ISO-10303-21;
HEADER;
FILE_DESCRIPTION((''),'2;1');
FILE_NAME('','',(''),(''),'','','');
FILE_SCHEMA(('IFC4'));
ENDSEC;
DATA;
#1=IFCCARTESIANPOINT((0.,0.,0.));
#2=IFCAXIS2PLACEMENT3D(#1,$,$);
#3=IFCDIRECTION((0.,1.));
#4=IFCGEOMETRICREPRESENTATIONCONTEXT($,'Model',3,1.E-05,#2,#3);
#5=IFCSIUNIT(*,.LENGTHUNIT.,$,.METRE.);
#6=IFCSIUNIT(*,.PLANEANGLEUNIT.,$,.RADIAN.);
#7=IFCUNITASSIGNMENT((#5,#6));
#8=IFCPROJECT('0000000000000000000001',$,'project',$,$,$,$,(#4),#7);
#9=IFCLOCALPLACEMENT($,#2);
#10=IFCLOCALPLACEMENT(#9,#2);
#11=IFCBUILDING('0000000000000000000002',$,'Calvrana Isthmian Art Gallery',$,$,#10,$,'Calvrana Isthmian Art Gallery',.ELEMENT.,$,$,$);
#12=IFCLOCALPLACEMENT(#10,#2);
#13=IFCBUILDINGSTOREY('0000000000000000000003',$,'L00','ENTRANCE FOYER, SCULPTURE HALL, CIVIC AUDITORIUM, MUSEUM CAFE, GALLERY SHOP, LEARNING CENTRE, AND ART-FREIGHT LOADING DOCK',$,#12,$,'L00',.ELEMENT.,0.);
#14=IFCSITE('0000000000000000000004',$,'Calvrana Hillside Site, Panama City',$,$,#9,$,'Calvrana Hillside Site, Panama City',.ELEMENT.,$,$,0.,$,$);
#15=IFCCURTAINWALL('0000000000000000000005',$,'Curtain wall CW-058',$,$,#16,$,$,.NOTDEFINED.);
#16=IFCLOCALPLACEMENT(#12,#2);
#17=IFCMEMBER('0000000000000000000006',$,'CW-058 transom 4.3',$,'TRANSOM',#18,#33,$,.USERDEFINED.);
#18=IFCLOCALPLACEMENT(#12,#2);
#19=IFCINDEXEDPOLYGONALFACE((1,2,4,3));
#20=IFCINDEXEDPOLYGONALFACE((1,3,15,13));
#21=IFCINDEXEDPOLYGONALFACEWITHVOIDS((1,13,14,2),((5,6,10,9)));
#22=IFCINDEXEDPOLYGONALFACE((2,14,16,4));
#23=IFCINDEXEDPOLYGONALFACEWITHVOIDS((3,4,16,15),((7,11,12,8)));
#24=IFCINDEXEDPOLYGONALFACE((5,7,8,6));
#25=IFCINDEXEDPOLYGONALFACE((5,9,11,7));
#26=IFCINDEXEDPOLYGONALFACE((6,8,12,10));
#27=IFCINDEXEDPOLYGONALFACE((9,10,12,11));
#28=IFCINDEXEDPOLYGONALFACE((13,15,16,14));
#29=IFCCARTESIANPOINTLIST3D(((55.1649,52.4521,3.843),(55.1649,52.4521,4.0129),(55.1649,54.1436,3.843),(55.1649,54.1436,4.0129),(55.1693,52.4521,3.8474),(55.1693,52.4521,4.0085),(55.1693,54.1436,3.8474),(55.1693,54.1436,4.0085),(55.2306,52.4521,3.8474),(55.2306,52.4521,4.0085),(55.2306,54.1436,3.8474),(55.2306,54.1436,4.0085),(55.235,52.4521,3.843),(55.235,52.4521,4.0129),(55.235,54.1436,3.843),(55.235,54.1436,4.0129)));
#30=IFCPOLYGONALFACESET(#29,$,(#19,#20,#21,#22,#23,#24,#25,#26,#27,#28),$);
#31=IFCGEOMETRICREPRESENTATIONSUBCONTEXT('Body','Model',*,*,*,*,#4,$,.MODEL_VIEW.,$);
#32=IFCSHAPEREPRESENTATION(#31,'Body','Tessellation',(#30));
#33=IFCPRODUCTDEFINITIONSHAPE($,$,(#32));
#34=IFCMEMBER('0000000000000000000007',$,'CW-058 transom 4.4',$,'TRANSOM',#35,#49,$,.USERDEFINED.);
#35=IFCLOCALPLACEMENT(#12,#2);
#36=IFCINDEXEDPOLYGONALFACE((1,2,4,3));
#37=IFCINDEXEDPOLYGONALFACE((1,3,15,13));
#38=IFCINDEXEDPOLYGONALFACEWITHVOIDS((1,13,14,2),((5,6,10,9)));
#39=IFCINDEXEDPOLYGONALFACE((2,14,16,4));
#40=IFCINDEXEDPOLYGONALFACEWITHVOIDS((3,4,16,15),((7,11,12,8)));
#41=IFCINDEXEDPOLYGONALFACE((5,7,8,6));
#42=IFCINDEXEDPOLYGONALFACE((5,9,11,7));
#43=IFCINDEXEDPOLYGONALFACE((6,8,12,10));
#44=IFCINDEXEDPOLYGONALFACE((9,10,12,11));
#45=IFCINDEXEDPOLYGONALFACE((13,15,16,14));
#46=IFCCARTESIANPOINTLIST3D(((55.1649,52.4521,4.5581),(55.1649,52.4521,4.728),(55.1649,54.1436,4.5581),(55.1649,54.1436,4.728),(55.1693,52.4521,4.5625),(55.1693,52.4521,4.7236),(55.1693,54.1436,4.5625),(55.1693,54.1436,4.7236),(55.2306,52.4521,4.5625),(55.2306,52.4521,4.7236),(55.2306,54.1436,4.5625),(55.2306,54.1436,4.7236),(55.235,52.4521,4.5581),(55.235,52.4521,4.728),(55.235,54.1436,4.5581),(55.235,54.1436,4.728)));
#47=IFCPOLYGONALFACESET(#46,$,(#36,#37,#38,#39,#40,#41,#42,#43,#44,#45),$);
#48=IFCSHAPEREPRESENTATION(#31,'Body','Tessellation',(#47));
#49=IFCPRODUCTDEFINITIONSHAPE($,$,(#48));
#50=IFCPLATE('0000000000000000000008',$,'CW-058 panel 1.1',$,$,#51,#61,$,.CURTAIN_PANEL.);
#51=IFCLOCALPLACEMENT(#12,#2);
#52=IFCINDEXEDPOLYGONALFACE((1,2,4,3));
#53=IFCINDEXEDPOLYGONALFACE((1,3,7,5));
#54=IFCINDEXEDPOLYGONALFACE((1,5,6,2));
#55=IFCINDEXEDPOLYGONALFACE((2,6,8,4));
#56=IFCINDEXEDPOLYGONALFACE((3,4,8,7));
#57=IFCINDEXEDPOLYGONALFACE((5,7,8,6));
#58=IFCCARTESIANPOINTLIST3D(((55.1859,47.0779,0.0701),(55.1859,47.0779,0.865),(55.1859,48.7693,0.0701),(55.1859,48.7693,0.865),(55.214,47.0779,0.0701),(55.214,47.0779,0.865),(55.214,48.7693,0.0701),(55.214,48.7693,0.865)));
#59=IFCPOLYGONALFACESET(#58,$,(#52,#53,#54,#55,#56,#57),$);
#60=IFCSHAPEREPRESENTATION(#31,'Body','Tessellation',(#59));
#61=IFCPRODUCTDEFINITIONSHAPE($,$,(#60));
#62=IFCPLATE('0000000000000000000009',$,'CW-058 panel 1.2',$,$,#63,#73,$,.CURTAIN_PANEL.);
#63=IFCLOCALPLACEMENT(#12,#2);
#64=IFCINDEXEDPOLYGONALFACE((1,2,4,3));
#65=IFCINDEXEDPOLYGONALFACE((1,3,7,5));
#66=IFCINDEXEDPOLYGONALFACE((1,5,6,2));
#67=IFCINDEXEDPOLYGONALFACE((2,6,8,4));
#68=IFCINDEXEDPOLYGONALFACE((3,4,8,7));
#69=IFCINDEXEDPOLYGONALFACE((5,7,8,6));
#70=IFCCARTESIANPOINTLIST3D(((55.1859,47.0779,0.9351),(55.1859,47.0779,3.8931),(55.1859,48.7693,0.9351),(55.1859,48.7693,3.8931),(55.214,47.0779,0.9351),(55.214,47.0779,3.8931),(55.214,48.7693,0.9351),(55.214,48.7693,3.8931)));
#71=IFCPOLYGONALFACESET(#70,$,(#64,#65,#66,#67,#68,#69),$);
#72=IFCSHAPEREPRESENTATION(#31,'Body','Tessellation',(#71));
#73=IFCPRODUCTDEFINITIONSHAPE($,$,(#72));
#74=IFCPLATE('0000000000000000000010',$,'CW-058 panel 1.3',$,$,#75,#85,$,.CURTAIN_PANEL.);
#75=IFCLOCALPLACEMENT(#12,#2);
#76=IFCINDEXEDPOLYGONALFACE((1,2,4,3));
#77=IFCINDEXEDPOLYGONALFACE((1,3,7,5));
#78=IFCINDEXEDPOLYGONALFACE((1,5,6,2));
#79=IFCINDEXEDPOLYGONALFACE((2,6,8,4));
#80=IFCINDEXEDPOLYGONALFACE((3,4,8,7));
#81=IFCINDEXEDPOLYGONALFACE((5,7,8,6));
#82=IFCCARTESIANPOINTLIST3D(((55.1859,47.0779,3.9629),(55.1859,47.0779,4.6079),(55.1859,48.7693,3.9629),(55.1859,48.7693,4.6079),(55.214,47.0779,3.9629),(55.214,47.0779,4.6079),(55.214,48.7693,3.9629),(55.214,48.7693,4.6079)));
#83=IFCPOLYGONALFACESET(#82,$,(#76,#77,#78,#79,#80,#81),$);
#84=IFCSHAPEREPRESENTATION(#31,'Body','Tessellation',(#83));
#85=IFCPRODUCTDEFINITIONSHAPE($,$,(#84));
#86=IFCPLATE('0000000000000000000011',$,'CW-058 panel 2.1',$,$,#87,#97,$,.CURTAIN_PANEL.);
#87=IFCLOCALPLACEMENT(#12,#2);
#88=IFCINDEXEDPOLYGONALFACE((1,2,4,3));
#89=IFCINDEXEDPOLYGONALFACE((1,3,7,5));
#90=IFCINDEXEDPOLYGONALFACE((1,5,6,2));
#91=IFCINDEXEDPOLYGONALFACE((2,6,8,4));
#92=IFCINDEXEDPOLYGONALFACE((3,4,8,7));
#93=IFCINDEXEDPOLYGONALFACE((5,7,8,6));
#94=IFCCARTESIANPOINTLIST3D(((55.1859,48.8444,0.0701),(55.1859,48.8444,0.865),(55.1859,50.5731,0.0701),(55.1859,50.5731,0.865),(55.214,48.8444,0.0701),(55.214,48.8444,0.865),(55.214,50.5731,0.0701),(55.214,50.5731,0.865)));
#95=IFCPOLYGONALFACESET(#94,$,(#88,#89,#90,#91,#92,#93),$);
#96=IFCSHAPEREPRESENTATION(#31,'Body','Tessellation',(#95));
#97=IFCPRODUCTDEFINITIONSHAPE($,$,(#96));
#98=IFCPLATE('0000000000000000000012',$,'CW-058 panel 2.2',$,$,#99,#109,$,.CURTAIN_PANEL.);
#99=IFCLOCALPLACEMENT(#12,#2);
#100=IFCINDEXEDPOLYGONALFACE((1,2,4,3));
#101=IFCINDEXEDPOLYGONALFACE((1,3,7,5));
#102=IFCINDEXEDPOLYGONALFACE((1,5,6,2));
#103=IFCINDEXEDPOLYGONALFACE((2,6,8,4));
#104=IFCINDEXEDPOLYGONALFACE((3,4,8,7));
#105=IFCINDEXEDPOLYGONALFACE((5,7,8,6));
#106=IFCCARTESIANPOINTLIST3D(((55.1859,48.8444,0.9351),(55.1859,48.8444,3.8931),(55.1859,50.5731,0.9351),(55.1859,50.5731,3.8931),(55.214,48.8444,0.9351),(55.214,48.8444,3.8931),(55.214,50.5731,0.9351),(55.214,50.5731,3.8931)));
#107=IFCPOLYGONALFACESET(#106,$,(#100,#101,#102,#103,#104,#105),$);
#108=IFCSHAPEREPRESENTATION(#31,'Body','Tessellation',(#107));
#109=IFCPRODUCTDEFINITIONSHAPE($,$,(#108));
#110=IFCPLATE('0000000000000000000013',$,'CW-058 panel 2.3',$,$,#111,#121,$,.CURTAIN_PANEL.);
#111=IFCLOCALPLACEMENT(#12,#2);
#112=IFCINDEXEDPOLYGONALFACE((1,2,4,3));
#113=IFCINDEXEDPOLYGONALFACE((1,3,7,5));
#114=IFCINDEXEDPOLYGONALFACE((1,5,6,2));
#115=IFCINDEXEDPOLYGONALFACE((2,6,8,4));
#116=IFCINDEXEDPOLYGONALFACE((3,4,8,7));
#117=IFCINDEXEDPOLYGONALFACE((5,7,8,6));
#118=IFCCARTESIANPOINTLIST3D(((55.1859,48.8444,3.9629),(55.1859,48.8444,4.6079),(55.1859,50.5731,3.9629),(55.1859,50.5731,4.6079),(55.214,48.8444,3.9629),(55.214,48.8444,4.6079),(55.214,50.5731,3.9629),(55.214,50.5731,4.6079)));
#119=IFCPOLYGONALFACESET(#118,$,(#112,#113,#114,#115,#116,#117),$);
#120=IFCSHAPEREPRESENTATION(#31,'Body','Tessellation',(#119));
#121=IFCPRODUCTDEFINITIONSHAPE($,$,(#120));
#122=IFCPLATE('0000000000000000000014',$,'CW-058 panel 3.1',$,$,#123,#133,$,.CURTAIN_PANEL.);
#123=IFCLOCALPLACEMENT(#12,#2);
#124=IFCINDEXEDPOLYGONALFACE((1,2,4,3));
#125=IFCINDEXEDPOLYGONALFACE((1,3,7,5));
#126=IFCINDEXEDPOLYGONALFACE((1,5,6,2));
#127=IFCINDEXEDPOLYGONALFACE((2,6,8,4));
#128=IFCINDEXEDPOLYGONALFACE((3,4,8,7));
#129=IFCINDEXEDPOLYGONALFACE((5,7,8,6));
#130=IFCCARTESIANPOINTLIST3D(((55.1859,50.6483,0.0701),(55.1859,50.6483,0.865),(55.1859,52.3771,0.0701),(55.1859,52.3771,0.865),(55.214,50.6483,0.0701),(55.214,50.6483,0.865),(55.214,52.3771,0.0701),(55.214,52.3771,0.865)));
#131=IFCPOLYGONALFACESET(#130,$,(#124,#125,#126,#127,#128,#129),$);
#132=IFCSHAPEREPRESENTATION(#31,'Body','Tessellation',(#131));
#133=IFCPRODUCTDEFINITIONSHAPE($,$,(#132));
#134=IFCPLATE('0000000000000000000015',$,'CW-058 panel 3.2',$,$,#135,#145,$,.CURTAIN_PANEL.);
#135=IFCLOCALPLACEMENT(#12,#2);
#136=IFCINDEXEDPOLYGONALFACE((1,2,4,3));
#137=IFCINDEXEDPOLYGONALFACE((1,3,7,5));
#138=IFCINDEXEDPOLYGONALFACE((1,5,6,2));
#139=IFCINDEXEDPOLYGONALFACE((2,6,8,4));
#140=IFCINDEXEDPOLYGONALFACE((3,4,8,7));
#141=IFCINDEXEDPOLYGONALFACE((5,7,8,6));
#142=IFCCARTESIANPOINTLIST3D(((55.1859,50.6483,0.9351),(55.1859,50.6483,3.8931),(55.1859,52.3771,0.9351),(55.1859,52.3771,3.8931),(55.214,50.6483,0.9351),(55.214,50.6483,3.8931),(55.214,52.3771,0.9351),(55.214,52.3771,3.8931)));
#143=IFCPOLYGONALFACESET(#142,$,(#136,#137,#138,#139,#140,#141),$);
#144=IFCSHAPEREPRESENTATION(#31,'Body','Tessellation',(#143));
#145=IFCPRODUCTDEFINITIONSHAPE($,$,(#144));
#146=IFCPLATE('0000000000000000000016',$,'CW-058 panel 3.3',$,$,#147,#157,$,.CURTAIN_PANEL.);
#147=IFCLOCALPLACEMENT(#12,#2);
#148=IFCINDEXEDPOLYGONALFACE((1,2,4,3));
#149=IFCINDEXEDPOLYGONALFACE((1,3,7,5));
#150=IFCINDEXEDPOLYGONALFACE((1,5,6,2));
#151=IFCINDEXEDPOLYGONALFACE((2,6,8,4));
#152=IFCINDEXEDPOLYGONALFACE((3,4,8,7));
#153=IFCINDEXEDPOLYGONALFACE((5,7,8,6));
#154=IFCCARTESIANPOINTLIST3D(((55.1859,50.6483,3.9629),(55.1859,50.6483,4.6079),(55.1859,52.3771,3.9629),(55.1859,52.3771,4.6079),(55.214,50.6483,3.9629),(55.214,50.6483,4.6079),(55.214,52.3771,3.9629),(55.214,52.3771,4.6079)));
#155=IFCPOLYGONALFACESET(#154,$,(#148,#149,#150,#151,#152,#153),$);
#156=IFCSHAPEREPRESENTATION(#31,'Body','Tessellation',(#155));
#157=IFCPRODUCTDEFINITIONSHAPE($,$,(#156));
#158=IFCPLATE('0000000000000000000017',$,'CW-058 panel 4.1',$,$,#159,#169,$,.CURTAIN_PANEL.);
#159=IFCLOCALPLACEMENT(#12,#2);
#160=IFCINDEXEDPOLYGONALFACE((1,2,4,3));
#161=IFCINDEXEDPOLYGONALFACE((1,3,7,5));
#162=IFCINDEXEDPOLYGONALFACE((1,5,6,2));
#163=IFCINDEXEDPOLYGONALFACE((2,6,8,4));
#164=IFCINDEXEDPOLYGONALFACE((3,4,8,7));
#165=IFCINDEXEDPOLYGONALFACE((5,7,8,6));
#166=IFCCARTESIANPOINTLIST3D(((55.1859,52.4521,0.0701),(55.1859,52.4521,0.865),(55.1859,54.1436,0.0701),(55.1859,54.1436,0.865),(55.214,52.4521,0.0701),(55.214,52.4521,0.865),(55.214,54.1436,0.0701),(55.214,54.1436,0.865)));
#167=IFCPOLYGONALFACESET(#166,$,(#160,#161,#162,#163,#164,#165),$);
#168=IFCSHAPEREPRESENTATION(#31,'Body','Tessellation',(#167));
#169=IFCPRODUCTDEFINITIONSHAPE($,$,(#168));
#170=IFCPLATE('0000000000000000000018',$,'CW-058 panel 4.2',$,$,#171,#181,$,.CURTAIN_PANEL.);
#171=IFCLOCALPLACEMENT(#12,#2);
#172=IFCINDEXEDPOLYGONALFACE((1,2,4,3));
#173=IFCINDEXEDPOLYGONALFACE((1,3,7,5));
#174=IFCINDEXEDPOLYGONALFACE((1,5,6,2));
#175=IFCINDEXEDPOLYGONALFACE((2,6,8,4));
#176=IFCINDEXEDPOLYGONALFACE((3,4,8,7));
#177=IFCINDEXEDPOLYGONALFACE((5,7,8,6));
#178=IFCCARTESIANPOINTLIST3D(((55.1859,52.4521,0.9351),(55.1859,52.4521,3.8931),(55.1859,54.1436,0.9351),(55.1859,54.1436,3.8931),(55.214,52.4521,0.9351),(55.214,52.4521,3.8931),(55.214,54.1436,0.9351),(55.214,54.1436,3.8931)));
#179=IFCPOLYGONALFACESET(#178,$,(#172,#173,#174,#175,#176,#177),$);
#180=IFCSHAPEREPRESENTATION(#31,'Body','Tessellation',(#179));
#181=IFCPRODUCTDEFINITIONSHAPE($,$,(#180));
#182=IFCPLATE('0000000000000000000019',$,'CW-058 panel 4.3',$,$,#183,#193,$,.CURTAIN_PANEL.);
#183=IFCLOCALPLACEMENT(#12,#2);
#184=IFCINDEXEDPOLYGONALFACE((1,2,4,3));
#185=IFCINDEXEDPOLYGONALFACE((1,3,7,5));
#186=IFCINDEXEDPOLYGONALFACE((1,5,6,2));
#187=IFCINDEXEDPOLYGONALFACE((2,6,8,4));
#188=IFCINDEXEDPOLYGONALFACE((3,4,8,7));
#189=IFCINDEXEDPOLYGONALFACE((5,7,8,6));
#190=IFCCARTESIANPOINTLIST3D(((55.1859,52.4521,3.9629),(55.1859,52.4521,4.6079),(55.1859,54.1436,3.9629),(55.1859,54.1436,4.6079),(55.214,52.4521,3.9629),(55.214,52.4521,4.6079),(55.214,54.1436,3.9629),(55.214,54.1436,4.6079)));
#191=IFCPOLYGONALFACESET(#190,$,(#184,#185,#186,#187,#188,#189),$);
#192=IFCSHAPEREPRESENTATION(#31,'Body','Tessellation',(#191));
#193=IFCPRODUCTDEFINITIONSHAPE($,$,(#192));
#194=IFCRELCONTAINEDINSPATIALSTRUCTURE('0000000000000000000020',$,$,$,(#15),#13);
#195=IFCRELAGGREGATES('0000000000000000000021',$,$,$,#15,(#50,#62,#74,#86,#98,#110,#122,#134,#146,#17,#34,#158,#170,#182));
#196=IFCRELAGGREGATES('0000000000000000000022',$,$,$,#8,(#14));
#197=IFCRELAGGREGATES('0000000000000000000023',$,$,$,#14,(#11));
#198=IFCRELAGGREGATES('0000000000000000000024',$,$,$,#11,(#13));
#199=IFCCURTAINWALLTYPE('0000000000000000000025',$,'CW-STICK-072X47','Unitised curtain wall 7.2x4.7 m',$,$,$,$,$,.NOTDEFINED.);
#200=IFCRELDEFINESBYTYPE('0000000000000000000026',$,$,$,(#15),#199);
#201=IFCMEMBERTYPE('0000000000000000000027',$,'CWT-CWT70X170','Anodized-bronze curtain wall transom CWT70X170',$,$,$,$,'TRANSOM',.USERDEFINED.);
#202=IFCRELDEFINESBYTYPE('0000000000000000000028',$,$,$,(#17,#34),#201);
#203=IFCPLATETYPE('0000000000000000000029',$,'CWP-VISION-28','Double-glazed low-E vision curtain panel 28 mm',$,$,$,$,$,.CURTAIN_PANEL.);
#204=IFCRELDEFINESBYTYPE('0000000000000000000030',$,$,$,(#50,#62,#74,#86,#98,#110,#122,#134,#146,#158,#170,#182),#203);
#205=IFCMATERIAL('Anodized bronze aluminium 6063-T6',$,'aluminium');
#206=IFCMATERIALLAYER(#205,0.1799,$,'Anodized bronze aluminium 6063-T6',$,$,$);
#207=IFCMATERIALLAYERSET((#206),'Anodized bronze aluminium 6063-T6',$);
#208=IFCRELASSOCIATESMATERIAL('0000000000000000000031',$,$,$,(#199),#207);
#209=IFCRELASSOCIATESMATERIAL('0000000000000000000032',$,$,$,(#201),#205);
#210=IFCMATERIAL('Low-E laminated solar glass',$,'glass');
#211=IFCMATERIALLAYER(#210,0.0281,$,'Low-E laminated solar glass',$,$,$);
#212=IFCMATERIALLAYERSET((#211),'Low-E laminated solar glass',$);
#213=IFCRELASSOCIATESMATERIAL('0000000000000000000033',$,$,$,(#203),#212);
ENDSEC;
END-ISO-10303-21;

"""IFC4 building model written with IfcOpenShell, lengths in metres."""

from ifc_helpers import new_model, si_unit, direction, frame, origin, origin_2d, place, context, subcontext, project, spatial, rectangle, hollow_rectangle, extrude, material, layer, layer_set, material_profile, profile_set, type_object, element, aggregate, save


model = new_model("IFC4")

# Units and contexts
model_context = context("Model", 3, precision=1e-05, world=origin(), true_north=direction((0.0, 1.0)))
body_context = subcontext(model_context, "Body", "Model", "MODEL_VIEW")
ifc_project = project(units=[si_unit("LENGTHUNIT", "METRE"), si_unit("PLANEANGLEUNIT", "RADIAN")], contexts=[model_context])

# Site, building, storey
site_placement = place(None, origin())
site = spatial("IfcSite", under=ifc_project, at=site_placement, Name="Calvrana Hillside Site, Panama City", LongName="Calvrana Hillside Site, Panama City", CompositionType="ELEMENT", RefElevation=0.0)
building_placement = place(site_placement, origin())
building = spatial("IfcBuilding", under=site, at=building_placement, Name="Calvrana Isthmian Art Gallery", LongName="Calvrana Isthmian Art Gallery", CompositionType="ELEMENT")
storey_placement = place(building_placement, origin())
storey = spatial("IfcBuildingStorey", under=building, at=storey_placement, Name="L00", Description="ENTRANCE FOYER, SCULPTURE HALL, CIVIC AUDITORIUM, MUSEUM CAFE, GALLERY SHOP, LEARNING CENTRE, AND ART-FREIGHT LOADING DOCK", LongName="L00", CompositionType="ELEMENT", Elevation=0.0)

# Curtain wall, members, plates
ifc_material_1 = material(Name="Anodized bronze aluminium 6063-T6", Category="aluminium")
ifc_layer_1 = layer(ifc_material_1, 0.1799, Name="Anodized bronze aluminium 6063-T6")
ifc_layer_set_1 = layer_set([ifc_layer_1], Name="Anodized bronze aluminium 6063-T6")
curtain_wall_type = type_object("IfcCurtainWallType", Name="CW-STICK-072X47", Description="Unitised curtain wall 7.2x4.7 m", PredefinedType="NOTDEFINED", material=ifc_layer_set_1)
curtain_wall_placement = place(storey_placement, origin())
curtain_wall = element("IfcCurtainWall", 1, at=curtain_wall_placement, inside=storey, type_object=curtain_wall_type, Name="Curtain wall CW-058", PredefinedType="NOTDEFINED")
ifc_material_profile_1 = material_profile(ifc_material_1, hollow_rectangle(XDim=0.0701, YDim=0.1699, WallThickness=0.0044, at=origin_2d()), Name="CWT70X170")
ifc_profile_set_1 = profile_set([ifc_material_profile_1], Name="Anodized bronze aluminium 6063-T6")
member_type_1 = type_object("IfcMemberType", Name="CWT-CWT70X170", Description="Anodized-bronze curtain wall transom CWT70X170", ElementType="TRANSOM", PredefinedType="USERDEFINED", material=ifc_profile_set_1)
member_1_placement = place(storey_placement, frame((55.2, 52.4521, 3.928), z_axis=(0.0, 1.0, 0.0), x_axis=(-1.0, 0.0, 0.0)))
member_1 = element("IfcMember", 2, at=member_1_placement, type_object=member_type_1, Name="CW-058 transom 4.3", ObjectType="TRANSOM", PredefinedType="USERDEFINED", context=body_context, shape_type="SweptSolid", body=[
    extrude(hollow_rectangle(XDim=0.0701, YDim=0.1699, WallThickness=0.0044, at=origin_2d()), origin(), (0.0, 0.0, 1.0), 1.6914),
])
member_2_placement = place(storey_placement, frame((55.2, 52.4521, 4.6431), z_axis=(0.0, 1.0, 0.0), x_axis=(-1.0, 0.0, 0.0)))
member_2 = element("IfcMember", 3, at=member_2_placement, type_object=member_type_1, Name="CW-058 transom 4.4", ObjectType="TRANSOM", PredefinedType="USERDEFINED", context=body_context, shape_type="SweptSolid", body=[
    extrude(hollow_rectangle(XDim=0.0701, YDim=0.1699, WallThickness=0.0044, at=origin_2d()), origin(), (0.0, 0.0, 1.0), 1.6914),
])
ifc_material_2 = material(Name="Low-E laminated solar glass", Category="glass")
ifc_layer_2 = layer(ifc_material_2, 0.0281, Name="Low-E laminated solar glass")
ifc_layer_set_2 = layer_set([ifc_layer_2], Name="Low-E laminated solar glass")
plate_type = type_object("IfcPlateType", Name="CWP-VISION-28", Description="Double-glazed low-E vision curtain panel 28 mm", PredefinedType="CURTAIN_PANEL", material=ifc_layer_set_2)
plate_1_placement = place(storey_placement, frame((55.2, 47.9236, 0.0701), z_axis=(0.0, 0.0, 1.0), x_axis=(0.0, 1.0, 0.0)))
plate_1 = element("IfcPlate", 4, at=plate_1_placement, type_object=plate_type, Name="CW-058 panel 1.1", PredefinedType="CURTAIN_PANEL", context=body_context, shape_type="SweptSolid", body=[
    extrude(rectangle(XDim=1.6914, YDim=0.0281, at=origin_2d()), origin(), (0.0, 0.0, 1.0), 0.7949),
])
plate_2_placement = place(storey_placement, frame((55.2, 47.9236, 0.9351), z_axis=(0.0, 0.0, 1.0), x_axis=(0.0, 1.0, 0.0)))
plate_2 = element("IfcPlate", 5, at=plate_2_placement, type_object=plate_type, Name="CW-058 panel 1.2", PredefinedType="CURTAIN_PANEL", context=body_context, shape_type="SweptSolid", body=[
    extrude(rectangle(XDim=1.6914, YDim=0.0281, at=origin_2d()), origin(), (0.0, 0.0, 1.0), 2.958),
])
plate_3_placement = place(storey_placement, frame((55.2, 47.9236, 3.9629), z_axis=(0.0, 0.0, 1.0), x_axis=(0.0, 1.0, 0.0)))
plate_3 = element("IfcPlate", 6, at=plate_3_placement, type_object=plate_type, Name="CW-058 panel 1.3", PredefinedType="CURTAIN_PANEL", context=body_context, shape_type="SweptSolid", body=[
    extrude(rectangle(XDim=1.6914, YDim=0.0281, at=origin_2d()), origin(), (0.0, 0.0, 1.0), 0.645),
])
plate_4_placement = place(storey_placement, frame((55.2, 49.7087, 0.0701), z_axis=(0.0, 0.0, 1.0), x_axis=(0.0, 1.0, 0.0)))
plate_4 = element("IfcPlate", 7, at=plate_4_placement, type_object=plate_type, Name="CW-058 panel 2.1", PredefinedType="CURTAIN_PANEL", context=body_context, shape_type="SweptSolid", body=[
    extrude(rectangle(XDim=1.7288, YDim=0.0281, at=origin_2d()), origin(), (0.0, 0.0, 1.0), 0.7949),
])
plate_5_placement = place(storey_placement, frame((55.2, 49.7087, 0.9351), z_axis=(0.0, 0.0, 1.0), x_axis=(0.0, 1.0, 0.0)))
plate_5 = element("IfcPlate", 8, at=plate_5_placement, type_object=plate_type, Name="CW-058 panel 2.2", PredefinedType="CURTAIN_PANEL", context=body_context, shape_type="SweptSolid", body=[
    extrude(rectangle(XDim=1.7288, YDim=0.0281, at=origin_2d()), origin(), (0.0, 0.0, 1.0), 2.958),
])
plate_6_placement = place(storey_placement, frame((55.2, 49.7087, 3.9629), z_axis=(0.0, 0.0, 1.0), x_axis=(0.0, 1.0, 0.0)))
plate_6 = element("IfcPlate", 9, at=plate_6_placement, type_object=plate_type, Name="CW-058 panel 2.3", PredefinedType="CURTAIN_PANEL", context=body_context, shape_type="SweptSolid", body=[
    extrude(rectangle(XDim=1.7288, YDim=0.0281, at=origin_2d()), origin(), (0.0, 0.0, 1.0), 0.645),
])
plate_7_placement = place(storey_placement, frame((55.2, 51.5127, 0.0701), z_axis=(0.0, 0.0, 1.0), x_axis=(0.0, 1.0, 0.0)))
plate_7 = element("IfcPlate", 10, at=plate_7_placement, type_object=plate_type, Name="CW-058 panel 3.1", PredefinedType="CURTAIN_PANEL", context=body_context, shape_type="SweptSolid", body=[
    extrude(rectangle(XDim=1.7288, YDim=0.0281, at=origin_2d()), origin(), (0.0, 0.0, 1.0), 0.7949),
])
plate_8_placement = place(storey_placement, frame((55.2, 51.5127, 0.9351), z_axis=(0.0, 0.0, 1.0), x_axis=(0.0, 1.0, 0.0)))
plate_8 = element("IfcPlate", 11, at=plate_8_placement, type_object=plate_type, Name="CW-058 panel 3.2", PredefinedType="CURTAIN_PANEL", context=body_context, shape_type="SweptSolid", body=[
    extrude(rectangle(XDim=1.7288, YDim=0.0281, at=origin_2d()), origin(), (0.0, 0.0, 1.0), 2.958),
])
plate_9_placement = place(storey_placement, frame((55.2, 51.5127, 3.9629), z_axis=(0.0, 0.0, 1.0), x_axis=(0.0, 1.0, 0.0)))
plate_9 = element("IfcPlate", 12, at=plate_9_placement, type_object=plate_type, Name="CW-058 panel 3.3", PredefinedType="CURTAIN_PANEL", context=body_context, shape_type="SweptSolid", body=[
    extrude(rectangle(XDim=1.7288, YDim=0.0281, at=origin_2d()), origin(), (0.0, 0.0, 1.0), 0.645),
])
plate_10_placement = place(storey_placement, frame((55.2, 53.2979, 0.0701), z_axis=(0.0, 0.0, 1.0), x_axis=(0.0, 1.0, 0.0)))
plate_10 = element("IfcPlate", 13, at=plate_10_placement, type_object=plate_type, Name="CW-058 panel 4.1", PredefinedType="CURTAIN_PANEL", context=body_context, shape_type="SweptSolid", body=[
    extrude(rectangle(XDim=1.6914, YDim=0.0281, at=origin_2d()), origin(), (0.0, 0.0, 1.0), 0.7949),
])
plate_11_placement = place(storey_placement, frame((55.2, 53.2979, 0.9351), z_axis=(0.0, 0.0, 1.0), x_axis=(0.0, 1.0, 0.0)))
plate_11 = element("IfcPlate", 14, at=plate_11_placement, type_object=plate_type, Name="CW-058 panel 4.2", PredefinedType="CURTAIN_PANEL", context=body_context, shape_type="SweptSolid", body=[
    extrude(rectangle(XDim=1.6914, YDim=0.0281, at=origin_2d()), origin(), (0.0, 0.0, 1.0), 2.958),
])
plate_12_placement = place(storey_placement, frame((55.2, 53.2979, 3.9629), z_axis=(0.0, 0.0, 1.0), x_axis=(0.0, 1.0, 0.0)))
plate_12 = element("IfcPlate", 15, at=plate_12_placement, type_object=plate_type, Name="CW-058 panel 4.3", PredefinedType="CURTAIN_PANEL", context=body_context, shape_type="SweptSolid", body=[
    extrude(rectangle(XDim=1.6914, YDim=0.0281, at=origin_2d()), origin(), (0.0, 0.0, 1.0), 0.645),
])
aggregate(curtain_wall, [plate_1, plate_2, plate_3, plate_4, plate_5, plate_6, plate_7, plate_8, plate_9, member_1, member_2, plate_10, plate_11, plate_12])

save(model, "model.ifc")
